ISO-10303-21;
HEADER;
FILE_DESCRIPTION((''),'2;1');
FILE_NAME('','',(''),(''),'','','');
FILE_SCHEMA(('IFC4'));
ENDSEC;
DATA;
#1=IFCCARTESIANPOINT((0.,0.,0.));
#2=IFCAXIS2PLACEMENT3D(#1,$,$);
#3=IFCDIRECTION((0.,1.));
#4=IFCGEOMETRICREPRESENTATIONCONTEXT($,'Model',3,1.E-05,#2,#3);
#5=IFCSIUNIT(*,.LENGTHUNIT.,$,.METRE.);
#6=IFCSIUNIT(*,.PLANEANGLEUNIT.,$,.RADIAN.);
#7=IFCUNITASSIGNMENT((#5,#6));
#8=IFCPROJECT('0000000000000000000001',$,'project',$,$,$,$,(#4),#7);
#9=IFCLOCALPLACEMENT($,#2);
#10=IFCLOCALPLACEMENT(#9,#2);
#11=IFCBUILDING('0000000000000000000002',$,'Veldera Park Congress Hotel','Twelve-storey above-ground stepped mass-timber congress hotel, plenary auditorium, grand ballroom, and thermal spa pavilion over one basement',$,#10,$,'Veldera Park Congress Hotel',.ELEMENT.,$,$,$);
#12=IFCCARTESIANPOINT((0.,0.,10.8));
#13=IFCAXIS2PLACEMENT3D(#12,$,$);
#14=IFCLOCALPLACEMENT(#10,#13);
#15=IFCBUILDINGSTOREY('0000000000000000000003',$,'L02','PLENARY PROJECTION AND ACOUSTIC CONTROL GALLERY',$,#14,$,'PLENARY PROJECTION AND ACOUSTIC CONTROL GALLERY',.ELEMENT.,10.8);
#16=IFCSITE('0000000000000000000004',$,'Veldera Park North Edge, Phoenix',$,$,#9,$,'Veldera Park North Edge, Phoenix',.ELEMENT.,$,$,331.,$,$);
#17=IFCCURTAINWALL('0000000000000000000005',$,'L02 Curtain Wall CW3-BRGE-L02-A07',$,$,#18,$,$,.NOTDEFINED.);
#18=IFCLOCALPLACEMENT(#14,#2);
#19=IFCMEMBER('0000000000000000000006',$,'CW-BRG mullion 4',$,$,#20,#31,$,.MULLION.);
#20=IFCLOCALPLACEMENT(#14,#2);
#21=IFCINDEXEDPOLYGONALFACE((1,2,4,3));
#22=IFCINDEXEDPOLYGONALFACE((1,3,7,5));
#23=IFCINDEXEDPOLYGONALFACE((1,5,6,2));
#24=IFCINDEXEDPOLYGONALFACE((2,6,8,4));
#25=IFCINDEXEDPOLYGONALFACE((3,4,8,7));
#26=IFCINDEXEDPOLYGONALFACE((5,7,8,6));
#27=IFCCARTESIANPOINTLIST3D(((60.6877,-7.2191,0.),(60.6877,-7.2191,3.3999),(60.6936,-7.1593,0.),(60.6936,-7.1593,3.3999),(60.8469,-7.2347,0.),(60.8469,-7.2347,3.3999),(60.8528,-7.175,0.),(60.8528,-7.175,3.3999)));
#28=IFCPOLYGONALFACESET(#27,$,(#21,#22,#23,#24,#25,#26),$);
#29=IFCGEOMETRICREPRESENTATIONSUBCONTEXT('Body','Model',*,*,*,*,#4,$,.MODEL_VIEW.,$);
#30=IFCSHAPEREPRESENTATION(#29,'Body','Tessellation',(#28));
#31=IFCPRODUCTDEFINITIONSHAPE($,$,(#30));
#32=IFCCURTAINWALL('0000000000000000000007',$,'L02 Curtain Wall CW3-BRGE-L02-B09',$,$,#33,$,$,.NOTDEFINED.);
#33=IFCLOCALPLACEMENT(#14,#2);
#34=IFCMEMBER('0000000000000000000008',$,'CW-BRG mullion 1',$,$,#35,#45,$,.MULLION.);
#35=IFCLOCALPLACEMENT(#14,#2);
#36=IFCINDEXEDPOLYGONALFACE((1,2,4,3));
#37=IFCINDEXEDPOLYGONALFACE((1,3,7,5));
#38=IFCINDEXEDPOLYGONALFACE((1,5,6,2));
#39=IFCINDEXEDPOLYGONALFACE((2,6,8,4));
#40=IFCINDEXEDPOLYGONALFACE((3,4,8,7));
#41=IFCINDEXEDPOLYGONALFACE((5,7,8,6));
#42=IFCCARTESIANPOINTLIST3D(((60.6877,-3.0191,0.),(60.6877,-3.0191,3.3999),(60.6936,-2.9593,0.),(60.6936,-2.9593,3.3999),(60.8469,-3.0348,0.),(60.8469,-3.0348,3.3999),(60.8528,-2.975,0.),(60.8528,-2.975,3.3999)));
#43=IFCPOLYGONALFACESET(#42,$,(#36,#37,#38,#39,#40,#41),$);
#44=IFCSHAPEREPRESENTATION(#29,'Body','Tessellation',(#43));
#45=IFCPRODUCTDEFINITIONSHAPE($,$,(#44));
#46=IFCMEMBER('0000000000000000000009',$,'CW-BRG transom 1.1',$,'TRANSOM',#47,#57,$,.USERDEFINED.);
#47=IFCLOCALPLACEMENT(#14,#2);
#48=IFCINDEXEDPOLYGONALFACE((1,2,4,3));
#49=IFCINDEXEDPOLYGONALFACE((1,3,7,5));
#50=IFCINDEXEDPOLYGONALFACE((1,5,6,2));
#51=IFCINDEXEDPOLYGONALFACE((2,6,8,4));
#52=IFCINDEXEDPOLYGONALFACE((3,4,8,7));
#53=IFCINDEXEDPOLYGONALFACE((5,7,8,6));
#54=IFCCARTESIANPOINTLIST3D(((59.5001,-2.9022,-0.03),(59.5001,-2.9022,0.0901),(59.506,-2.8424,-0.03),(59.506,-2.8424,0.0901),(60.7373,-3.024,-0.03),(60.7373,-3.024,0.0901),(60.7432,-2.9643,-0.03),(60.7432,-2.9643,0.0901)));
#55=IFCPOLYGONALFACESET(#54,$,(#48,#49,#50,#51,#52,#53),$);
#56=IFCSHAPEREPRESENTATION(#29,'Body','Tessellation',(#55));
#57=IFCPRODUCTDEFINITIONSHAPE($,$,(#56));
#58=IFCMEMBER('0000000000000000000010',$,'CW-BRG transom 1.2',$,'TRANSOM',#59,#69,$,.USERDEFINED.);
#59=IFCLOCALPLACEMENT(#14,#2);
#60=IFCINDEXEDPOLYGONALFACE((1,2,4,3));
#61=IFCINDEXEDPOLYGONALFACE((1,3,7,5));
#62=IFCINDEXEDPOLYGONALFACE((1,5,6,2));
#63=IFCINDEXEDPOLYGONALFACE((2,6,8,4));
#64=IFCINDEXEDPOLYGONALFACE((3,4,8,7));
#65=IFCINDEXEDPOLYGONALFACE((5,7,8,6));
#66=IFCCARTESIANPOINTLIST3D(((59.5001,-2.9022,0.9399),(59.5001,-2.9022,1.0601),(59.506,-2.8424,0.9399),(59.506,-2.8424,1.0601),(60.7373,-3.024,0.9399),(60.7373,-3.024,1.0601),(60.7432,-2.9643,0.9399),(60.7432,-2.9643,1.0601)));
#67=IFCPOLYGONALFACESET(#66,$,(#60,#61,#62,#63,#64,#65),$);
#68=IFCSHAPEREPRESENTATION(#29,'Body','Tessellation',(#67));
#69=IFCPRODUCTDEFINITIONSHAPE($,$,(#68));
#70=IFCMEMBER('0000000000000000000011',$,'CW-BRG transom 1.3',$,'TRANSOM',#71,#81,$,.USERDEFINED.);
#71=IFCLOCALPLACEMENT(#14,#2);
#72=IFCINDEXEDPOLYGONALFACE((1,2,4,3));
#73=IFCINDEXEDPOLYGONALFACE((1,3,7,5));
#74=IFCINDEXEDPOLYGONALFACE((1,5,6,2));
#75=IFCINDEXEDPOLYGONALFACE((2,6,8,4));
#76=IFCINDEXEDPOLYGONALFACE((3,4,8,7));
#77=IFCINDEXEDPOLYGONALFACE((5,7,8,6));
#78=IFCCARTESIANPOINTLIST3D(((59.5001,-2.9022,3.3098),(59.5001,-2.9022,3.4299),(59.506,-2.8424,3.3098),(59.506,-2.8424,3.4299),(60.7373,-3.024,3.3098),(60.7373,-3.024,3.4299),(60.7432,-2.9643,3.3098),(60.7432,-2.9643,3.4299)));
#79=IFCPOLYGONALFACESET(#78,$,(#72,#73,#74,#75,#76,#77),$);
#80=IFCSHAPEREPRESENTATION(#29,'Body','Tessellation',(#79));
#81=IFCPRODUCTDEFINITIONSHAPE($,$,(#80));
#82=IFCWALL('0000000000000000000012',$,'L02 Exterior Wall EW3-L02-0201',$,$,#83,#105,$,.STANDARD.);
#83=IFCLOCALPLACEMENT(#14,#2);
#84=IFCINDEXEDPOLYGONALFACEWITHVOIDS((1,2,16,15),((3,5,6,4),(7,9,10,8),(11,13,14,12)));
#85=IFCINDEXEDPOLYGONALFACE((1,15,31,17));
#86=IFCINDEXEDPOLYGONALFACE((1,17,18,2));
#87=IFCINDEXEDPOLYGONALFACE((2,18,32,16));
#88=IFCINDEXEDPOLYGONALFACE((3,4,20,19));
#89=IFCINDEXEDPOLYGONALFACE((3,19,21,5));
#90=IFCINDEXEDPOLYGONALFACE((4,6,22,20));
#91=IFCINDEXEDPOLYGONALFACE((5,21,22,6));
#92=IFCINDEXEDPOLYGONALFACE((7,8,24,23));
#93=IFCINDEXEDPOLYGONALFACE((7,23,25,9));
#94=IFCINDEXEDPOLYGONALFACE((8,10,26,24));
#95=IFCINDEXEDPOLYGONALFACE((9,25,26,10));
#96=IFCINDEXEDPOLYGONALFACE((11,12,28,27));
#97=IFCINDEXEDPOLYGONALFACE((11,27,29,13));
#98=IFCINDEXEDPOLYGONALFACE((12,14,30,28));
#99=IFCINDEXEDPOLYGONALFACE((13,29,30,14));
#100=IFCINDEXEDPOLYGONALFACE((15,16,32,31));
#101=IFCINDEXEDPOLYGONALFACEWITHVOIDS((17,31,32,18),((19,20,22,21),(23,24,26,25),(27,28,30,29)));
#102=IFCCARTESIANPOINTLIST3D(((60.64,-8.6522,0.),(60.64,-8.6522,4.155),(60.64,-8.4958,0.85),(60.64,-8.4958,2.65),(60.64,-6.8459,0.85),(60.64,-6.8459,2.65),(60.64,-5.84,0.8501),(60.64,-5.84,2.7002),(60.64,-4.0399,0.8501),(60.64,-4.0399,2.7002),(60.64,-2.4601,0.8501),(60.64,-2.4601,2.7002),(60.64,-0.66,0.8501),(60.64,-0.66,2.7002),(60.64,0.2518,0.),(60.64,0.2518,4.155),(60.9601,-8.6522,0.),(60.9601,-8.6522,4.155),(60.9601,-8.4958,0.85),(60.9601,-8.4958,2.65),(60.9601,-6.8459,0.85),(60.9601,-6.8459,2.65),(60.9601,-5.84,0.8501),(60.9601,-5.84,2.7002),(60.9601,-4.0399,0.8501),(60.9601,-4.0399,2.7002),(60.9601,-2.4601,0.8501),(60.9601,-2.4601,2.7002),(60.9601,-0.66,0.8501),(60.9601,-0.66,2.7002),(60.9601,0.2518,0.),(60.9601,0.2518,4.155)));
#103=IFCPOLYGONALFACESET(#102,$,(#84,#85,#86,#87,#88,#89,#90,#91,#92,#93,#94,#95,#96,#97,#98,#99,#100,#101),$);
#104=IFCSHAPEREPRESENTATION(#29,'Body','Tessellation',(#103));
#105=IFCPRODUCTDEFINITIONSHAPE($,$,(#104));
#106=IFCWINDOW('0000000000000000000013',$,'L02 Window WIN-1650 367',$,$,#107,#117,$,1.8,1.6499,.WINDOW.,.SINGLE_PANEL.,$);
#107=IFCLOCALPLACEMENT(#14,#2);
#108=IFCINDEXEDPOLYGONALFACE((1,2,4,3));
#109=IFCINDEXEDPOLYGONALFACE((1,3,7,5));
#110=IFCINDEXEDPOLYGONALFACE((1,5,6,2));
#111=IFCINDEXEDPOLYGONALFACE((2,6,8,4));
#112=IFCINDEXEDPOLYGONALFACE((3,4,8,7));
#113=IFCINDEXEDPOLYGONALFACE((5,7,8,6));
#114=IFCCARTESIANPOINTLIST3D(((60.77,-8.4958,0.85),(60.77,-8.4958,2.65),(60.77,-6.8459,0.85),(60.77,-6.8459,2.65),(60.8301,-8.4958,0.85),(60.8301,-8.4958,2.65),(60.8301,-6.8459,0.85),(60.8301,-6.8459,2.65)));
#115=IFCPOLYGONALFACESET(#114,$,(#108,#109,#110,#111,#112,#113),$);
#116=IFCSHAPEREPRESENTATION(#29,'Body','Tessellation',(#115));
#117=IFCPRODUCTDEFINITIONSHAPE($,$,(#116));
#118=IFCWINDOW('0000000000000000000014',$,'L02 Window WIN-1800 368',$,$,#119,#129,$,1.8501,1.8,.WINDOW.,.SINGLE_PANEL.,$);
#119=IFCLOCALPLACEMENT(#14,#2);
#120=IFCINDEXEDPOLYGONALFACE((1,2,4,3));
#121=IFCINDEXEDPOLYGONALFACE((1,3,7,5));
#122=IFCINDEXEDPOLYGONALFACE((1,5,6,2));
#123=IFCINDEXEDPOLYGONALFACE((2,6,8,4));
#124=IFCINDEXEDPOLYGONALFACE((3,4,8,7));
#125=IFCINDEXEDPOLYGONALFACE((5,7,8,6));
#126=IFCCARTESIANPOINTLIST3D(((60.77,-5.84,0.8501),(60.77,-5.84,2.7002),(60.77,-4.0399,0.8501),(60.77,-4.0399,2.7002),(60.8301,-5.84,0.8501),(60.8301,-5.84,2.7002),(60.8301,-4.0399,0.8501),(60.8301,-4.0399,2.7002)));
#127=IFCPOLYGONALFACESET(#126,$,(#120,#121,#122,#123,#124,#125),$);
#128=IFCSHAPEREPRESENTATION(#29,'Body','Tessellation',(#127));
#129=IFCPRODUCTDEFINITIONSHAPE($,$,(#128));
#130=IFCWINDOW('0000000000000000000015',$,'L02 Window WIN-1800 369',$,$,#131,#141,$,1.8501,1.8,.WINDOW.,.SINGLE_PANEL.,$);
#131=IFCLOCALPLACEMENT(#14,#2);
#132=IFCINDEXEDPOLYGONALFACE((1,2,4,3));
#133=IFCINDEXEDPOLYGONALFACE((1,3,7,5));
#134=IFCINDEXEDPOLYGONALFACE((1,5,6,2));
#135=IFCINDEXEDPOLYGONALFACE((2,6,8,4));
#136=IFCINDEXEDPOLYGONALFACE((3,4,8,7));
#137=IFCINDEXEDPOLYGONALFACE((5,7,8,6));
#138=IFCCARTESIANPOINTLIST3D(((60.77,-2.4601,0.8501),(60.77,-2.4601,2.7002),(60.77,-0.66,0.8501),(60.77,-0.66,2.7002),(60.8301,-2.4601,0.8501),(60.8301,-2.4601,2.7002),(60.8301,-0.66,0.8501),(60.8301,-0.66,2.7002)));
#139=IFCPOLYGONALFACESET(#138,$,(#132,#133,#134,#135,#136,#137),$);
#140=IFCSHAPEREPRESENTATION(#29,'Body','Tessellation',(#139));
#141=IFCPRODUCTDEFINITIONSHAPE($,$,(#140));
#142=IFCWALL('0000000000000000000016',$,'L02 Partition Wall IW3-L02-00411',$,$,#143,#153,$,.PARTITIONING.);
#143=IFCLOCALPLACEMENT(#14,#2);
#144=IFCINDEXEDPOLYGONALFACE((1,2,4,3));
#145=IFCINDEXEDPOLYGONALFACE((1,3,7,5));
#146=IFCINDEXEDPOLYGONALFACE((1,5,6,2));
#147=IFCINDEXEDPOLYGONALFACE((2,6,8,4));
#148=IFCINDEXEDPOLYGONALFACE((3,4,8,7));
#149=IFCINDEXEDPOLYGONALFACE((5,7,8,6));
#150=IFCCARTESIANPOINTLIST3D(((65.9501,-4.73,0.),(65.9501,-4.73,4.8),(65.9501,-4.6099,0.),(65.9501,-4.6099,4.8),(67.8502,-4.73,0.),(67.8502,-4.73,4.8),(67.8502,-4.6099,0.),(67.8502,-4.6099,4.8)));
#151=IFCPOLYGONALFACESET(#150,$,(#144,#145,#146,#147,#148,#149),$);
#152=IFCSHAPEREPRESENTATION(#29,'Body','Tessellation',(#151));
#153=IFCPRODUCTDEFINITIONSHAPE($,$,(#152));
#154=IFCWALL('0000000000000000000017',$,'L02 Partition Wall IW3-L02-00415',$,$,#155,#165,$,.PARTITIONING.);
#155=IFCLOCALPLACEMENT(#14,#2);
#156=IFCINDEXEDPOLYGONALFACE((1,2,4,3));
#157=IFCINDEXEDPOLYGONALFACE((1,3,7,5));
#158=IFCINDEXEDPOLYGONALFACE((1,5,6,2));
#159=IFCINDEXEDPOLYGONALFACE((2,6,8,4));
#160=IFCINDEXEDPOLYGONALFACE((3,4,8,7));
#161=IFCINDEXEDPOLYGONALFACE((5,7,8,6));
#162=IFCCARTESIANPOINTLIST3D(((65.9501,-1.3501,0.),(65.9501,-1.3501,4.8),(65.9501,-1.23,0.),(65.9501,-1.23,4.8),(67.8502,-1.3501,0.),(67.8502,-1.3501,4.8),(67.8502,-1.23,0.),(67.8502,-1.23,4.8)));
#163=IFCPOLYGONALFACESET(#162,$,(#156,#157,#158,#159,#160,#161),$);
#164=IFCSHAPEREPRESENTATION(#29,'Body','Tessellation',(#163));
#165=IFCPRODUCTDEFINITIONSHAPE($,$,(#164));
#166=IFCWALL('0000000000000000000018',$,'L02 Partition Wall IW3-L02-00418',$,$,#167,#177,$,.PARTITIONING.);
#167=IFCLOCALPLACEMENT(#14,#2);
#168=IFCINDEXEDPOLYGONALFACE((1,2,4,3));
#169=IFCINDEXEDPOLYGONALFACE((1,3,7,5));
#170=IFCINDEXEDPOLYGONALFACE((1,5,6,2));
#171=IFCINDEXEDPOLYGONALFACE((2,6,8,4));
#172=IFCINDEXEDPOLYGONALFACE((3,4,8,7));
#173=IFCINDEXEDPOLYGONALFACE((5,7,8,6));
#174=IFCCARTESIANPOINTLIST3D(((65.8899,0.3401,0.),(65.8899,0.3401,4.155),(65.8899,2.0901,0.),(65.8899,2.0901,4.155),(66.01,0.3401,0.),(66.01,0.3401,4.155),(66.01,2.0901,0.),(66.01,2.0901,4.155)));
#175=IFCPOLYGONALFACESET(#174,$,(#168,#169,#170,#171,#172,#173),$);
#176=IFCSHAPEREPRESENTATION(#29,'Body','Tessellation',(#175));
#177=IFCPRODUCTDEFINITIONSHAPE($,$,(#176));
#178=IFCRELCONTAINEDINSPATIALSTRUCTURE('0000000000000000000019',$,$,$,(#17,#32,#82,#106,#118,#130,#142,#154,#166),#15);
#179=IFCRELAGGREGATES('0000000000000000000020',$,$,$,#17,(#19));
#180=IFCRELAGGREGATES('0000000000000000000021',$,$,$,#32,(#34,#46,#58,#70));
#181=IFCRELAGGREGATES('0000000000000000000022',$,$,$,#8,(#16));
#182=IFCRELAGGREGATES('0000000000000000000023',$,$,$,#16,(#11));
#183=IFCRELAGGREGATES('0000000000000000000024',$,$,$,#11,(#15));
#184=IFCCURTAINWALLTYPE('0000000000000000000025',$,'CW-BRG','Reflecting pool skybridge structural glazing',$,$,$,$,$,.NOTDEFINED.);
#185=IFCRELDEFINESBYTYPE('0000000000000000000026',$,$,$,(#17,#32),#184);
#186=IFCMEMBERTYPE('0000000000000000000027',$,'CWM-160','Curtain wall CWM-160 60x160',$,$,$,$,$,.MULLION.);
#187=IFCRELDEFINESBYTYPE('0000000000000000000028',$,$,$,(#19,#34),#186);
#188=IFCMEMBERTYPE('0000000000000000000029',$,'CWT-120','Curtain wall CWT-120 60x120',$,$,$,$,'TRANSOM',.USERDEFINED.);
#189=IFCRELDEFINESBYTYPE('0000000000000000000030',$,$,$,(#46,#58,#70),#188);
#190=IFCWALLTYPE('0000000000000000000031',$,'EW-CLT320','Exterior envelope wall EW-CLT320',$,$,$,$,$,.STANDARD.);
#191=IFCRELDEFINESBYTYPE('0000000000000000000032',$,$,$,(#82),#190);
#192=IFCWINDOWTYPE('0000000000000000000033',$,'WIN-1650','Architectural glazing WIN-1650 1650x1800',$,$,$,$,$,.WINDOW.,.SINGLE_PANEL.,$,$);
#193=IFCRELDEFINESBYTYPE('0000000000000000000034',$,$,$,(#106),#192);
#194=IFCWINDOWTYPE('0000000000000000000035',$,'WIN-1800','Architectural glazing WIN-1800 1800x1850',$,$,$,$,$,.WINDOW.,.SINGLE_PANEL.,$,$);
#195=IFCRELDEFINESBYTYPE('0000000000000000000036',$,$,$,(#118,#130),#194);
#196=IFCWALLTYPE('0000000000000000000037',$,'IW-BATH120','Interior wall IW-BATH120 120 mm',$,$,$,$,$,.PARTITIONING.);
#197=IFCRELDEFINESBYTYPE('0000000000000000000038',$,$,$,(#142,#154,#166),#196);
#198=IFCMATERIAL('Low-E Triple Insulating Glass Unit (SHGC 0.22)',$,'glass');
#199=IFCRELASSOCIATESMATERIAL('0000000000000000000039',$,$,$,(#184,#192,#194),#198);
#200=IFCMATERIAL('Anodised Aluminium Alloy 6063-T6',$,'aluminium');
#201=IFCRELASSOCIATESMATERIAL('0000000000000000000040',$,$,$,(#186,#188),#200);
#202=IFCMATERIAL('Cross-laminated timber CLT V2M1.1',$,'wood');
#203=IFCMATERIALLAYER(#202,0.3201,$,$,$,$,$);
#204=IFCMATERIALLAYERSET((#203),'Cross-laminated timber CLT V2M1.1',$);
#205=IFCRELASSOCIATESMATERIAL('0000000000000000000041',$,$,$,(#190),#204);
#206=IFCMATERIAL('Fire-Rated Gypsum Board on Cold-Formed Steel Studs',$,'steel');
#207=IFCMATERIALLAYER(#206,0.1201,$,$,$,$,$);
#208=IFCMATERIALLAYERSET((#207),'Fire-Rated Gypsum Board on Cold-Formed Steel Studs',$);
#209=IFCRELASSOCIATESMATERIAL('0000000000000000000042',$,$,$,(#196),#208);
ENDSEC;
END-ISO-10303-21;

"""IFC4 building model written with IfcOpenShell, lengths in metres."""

from ifc_helpers import new_model, si_unit, direction, frame, frame_2d, origin, origin_2d, place, context, subcontext, project, spatial, rectangle, extrude, material, layer, layer_set, material_profile, profile_set, type_object, element, fill, aggregate, save


model = new_model("IFC4")

# Units and contexts
model_context = context("Model", 3, precision=1e-05, world=origin(), true_north=direction((0.0, 1.0)))
body_context = subcontext(model_context, "Body", "Model", "MODEL_VIEW")
ifc_project = project(units=[si_unit("LENGTHUNIT", "METRE"), si_unit("PLANEANGLEUNIT", "RADIAN")], contexts=[model_context])

# Site, building, storey
site_placement = place(None, origin())
site = spatial("IfcSite", under=ifc_project, at=site_placement, Name="Veldera Park North Edge, Phoenix", LongName="Veldera Park North Edge, Phoenix", CompositionType="ELEMENT", RefElevation=331.0)
building_placement = place(site_placement, origin())
building = spatial("IfcBuilding", under=site, at=building_placement, Name="Veldera Park Congress Hotel", Description="Twelve-storey above-ground stepped mass-timber congress hotel, plenary auditorium, grand ballroom, and thermal spa pavilion over one basement", LongName="Veldera Park Congress Hotel", CompositionType="ELEMENT")
storey_placement = place(building_placement, frame((0.0, 0.0, 10.8)))
storey = spatial("IfcBuildingStorey", under=building, at=storey_placement, Name="L02", Description="PLENARY PROJECTION AND ACOUSTIC CONTROL GALLERY", LongName="PLENARY PROJECTION AND ACOUSTIC CONTROL GALLERY", CompositionType="ELEMENT", Elevation=10.8)

# Curtain wall, member
ifc_material_1 = material(Name="Low-E Triple Insulating Glass Unit (SHGC 0.22)", Category="glass")
curtain_wall_type = type_object("IfcCurtainWallType", Name="CW-BRG", Description="Reflecting pool skybridge structural glazing", PredefinedType="NOTDEFINED", material=ifc_material_1)
curtain_wall_1_placement = place(storey_placement, origin())
curtain_wall_1 = element("IfcCurtainWall", 1, at=curtain_wall_1_placement, inside=storey, type_object=curtain_wall_type, Name="L02 Curtain Wall CW3-BRGE-L02-A07", PredefinedType="NOTDEFINED")
ifc_material_2 = material(Name="Anodised Aluminium Alloy 6063-T6", Category="aluminium")
ifc_material_profile_1 = material_profile(ifc_material_2, rectangle(XDim=0.0601, YDim=0.1599, at=origin_2d()), Name="ALU 60x160")
ifc_profile_set_1 = profile_set([ifc_material_profile_1], Name="Anodised Aluminium Alloy 6063-T6")
member_type_1 = type_object("IfcMemberType", Name="CWM-160", Description="Curtain wall CWM-160 60x160", PredefinedType="MULLION", material=ifc_profile_set_1)
member_1_placement = place(storey_placement, frame((60.7703, -7.197, 0.0), z_axis=(0.0, 0.0, 1.0), x_axis=(0.098021, 0.995184, 0.0)))
member_1 = element("IfcMember", 2, at=member_1_placement, type_object=member_type_1, Name="CW-BRG mullion 4", PredefinedType="MULLION", context=body_context, shape_type="SweptSolid", body=[
    extrude(rectangle(XDim=0.0601, YDim=0.1599, at=origin_2d()), origin(), (0.0, 0.0, 1.0), 3.3999),
])
aggregate(curtain_wall_1, [member_1])

# Curtain wall, members
curtain_wall_2_placement = place(storey_placement, origin())
curtain_wall_2 = element("IfcCurtainWall", 3, at=curtain_wall_2_placement, inside=storey, type_object=curtain_wall_type, Name="L02 Curtain Wall CW3-BRGE-L02-B09", PredefinedType="NOTDEFINED")
member_2_placement = place(storey_placement, frame((60.7703, -2.9971, 0.0), z_axis=(0.0, 0.0, 1.0), x_axis=(-0.098023, -0.995184, 0.0)))
member_2 = element("IfcMember", 4, at=member_2_placement, type_object=member_type_1, Name="CW-BRG mullion 1", PredefinedType="MULLION", context=body_context, shape_type="SweptSolid", body=[
    extrude(rectangle(XDim=0.0601, YDim=0.1599, at=origin_2d()), origin(), (0.0, 0.0, 1.0), 3.3999),
])
ifc_material_profile_2 = material_profile(ifc_material_2, rectangle(XDim=0.0601, YDim=0.1201, at=origin_2d()), Name="ALU 60x120")
ifc_profile_set_2 = profile_set([ifc_material_profile_2], Name="Anodised Aluminium Alloy 6063-T6")
member_type_2 = type_object("IfcMemberType", Name="CWT-120", Description="Curtain wall CWT-120 60x120", ElementType="TRANSOM", PredefinedType="USERDEFINED", material=ifc_profile_set_2)
member_3_placement = place(storey_placement, frame((60.7402, -2.9941, 0.03), z_axis=(-0.995186, 0.098006, 0.0), x_axis=(-0.098006, -0.995186, 0.0)))
member_3 = element("IfcMember", 5, at=member_3_placement, type_object=member_type_2, Name="CW-BRG transom 1.1", ObjectType="TRANSOM", PredefinedType="USERDEFINED", context=body_context, shape_type="SweptSolid", body=[
    extrude(rectangle(XDim=0.0601, YDim=0.1201, at=origin_2d()), origin(), (0.0, 0.0, 1.0), 1.2432),
])
member_4_placement = place(storey_placement, frame((60.7402, -2.9941, 1.0), z_axis=(-0.995186, 0.098006, 0.0), x_axis=(-0.098006, -0.995186, 0.0)))
member_4 = element("IfcMember", 6, at=member_4_placement, type_object=member_type_2, Name="CW-BRG transom 1.2", ObjectType="TRANSOM", PredefinedType="USERDEFINED", context=body_context, shape_type="SweptSolid", body=[
    extrude(rectangle(XDim=0.0601, YDim=0.1201, at=origin_2d()), origin(), (0.0, 0.0, 1.0), 1.2432),
])
member_5_placement = place(storey_placement, frame((60.7402, -2.9941, 3.3699), z_axis=(-0.995186, 0.098006, 0.0), x_axis=(-0.098006, -0.995186, 0.0)))
member_5 = element("IfcMember", 7, at=member_5_placement, type_object=member_type_2, Name="CW-BRG transom 1.3", ObjectType="TRANSOM", PredefinedType="USERDEFINED", context=body_context, shape_type="SweptSolid", body=[
    extrude(rectangle(XDim=0.0601, YDim=0.1201, at=origin_2d()), origin(), (0.0, 0.0, 1.0), 1.2432),
])
aggregate(curtain_wall_2, [member_2, member_3, member_4, member_5])

# Wall, openings, windows
ifc_material_3 = material(Name="Cross-laminated timber CLT V2M1.1", Category="wood")
ifc_layer_1 = layer(ifc_material_3, 0.3201)
ifc_layer_set_1 = layer_set([ifc_layer_1], Name="Cross-laminated timber CLT V2M1.1")
wall_type_1 = type_object("IfcWallType", Name="EW-CLT320", Description="Exterior envelope wall EW-CLT320", PredefinedType="STANDARD", material=ifc_layer_set_1)
wall_1_placement = place(storey_placement, frame((60.8, 0.252, 0.0), z_axis=(0.0, 0.0, 1.0), x_axis=(0.0, -1.0, 0.0)))
wall_1 = element("IfcWall", 8, at=wall_1_placement, inside=storey, type_object=wall_type_1, Name="L02 Exterior Wall EW3-L02-0201", PredefinedType="STANDARD", context=body_context, shape_type="SweptSolid", body=[
    extrude(rectangle(XDim=8.9041, YDim=0.3201, at=frame_2d((4.4521, 0.0))), origin(), (0.0, 0.0, 1.0), 4.155),
])
opening_1_placement = place(wall_1_placement, frame((7.0979, 0.0, 0.8501)))
opening_1 = element("IfcOpeningElement", 9, at=opening_1_placement, cuts=wall_1, PredefinedType="OPENING", context=body_context, shape_type="SweptSolid", body=[
    extrude(rectangle(XDim=1.6499, YDim=1.8, at=frame_2d((0.825, 0.8999))), frame((0.0, 0.1721, 0.0), z_axis=(0.0, -1.0, 0.0), x_axis=(1.0, 0.0, 0.0)), (0.0, 0.0, 1.0), 0.344),
])
opening_2_placement = place(wall_1_placement, frame((4.292, 0.0, 0.8501)))
opening_2 = element("IfcOpeningElement", 10, at=opening_2_placement, cuts=wall_1, PredefinedType="OPENING", context=body_context, shape_type="SweptSolid", body=[
    extrude(rectangle(XDim=1.8, YDim=1.8501, at=frame_2d((0.8999, 0.925))), frame((0.0, 0.1721, 0.0), z_axis=(0.0, -1.0, 0.0), x_axis=(1.0, 0.0, 0.0)), (0.0, 0.0, 1.0), 0.344),
])
opening_3_placement = place(wall_1_placement, frame((0.9121, 0.0, 0.8501)))
opening_3 = element("IfcOpeningElement", 11, at=opening_3_placement, cuts=wall_1, PredefinedType="OPENING", context=body_context, shape_type="SweptSolid", body=[
    extrude(rectangle(XDim=1.8, YDim=1.8501, at=frame_2d((0.8999, 0.925))), frame((0.0, 0.1721, 0.0), z_axis=(0.0, -1.0, 0.0), x_axis=(1.0, 0.0, 0.0)), (0.0, 0.0, 1.0), 0.344),
])
window_type_1 = type_object("IfcWindowType", Name="WIN-1650", Description="Architectural glazing WIN-1650 1650x1800", PartitioningType="SINGLE_PANEL", PredefinedType="WINDOW", material=ifc_material_1)
window_1_placement = place(opening_1_placement, origin())
window_1 = element("IfcWindow", 12, at=window_1_placement, inside=storey, type_object=window_type_1, Name="L02 Window WIN-1650 367", OverallHeight=1.8, OverallWidth=1.6499, PartitioningType="SINGLE_PANEL", PredefinedType="WINDOW", context=body_context, shape_type="SweptSolid", body=[
    extrude(rectangle(XDim=1.6499, YDim=1.8, at=frame_2d((0.825, 0.8999))), frame((0.0, 0.03, 0.0), z_axis=(0.0, -1.0, 0.0), x_axis=(1.0, 0.0, 0.0)), (0.0, 0.0, 1.0), 0.0601),
])
fill(opening_1, window_1)
window_type_2 = type_object("IfcWindowType", Name="WIN-1800", Description="Architectural glazing WIN-1800 1800x1850", PartitioningType="SINGLE_PANEL", PredefinedType="WINDOW", material=ifc_material_1)
window_2_placement = place(opening_2_placement, origin())
window_2 = element("IfcWindow", 13, at=window_2_placement, inside=storey, type_object=window_type_2, Name="L02 Window WIN-1800 368", OverallHeight=1.8501, OverallWidth=1.8, PartitioningType="SINGLE_PANEL", PredefinedType="WINDOW", context=body_context, shape_type="SweptSolid", body=[
    extrude(rectangle(XDim=1.8, YDim=1.8501, at=frame_2d((0.8999, 0.925))), frame((0.0, 0.03, 0.0), z_axis=(0.0, -1.0, 0.0), x_axis=(1.0, 0.0, 0.0)), (0.0, 0.0, 1.0), 0.0601),
])
fill(opening_2, window_2)
window_3_placement = place(opening_3_placement, origin())
window_3 = element("IfcWindow", 14, at=window_3_placement, inside=storey, type_object=window_type_2, Name="L02 Window WIN-1800 369", OverallHeight=1.8501, OverallWidth=1.8, PartitioningType="SINGLE_PANEL", PredefinedType="WINDOW", context=body_context, shape_type="SweptSolid", body=[
    extrude(rectangle(XDim=1.8, YDim=1.8501, at=frame_2d((0.8999, 0.925))), frame((0.0, 0.03, 0.0), z_axis=(0.0, -1.0, 0.0), x_axis=(1.0, 0.0, 0.0)), (0.0, 0.0, 1.0), 0.0601),
])
fill(opening_3, window_3)

# Shared definitions
ifc_material_4 = material(Name="Fire-Rated Gypsum Board on Cold-Formed Steel Studs", Category="steel")
ifc_layer_2 = layer(ifc_material_4, 0.1201)
ifc_layer_set_2 = layer_set([ifc_layer_2], Name="Fire-Rated Gypsum Board on Cold-Formed Steel Studs")
wall_type_2 = type_object("IfcWallType", Name="IW-BATH120", Description="Interior wall IW-BATH120 120 mm", PredefinedType="PARTITIONING", material=ifc_layer_set_2)

# Wall
wall_2_placement = place(storey_placement, frame((65.95, -4.6699, 0.0), z_axis=(0.0, 0.0, 1.0), x_axis=(1.0, 0.0, 0.0)))
element("IfcWall", 15, at=wall_2_placement, inside=storey, type_object=wall_type_2, Name="L02 Partition Wall IW3-L02-00411", PredefinedType="PARTITIONING", context=body_context, shape_type="SweptSolid", body=[
    extrude(rectangle(XDim=1.9001, YDim=0.1201, at=frame_2d((0.9502, 0.0))), origin(), (0.0, 0.0, 1.0), 4.8),
])

# Walls
wall_3_placement = place(storey_placement, frame((65.95, -1.29, 0.0), z_axis=(0.0, 0.0, 1.0), x_axis=(1.0, 0.0, 0.0)))
element("IfcWall", 16, at=wall_3_placement, inside=storey, type_object=wall_type_2, Name="L02 Partition Wall IW3-L02-00415", PredefinedType="PARTITIONING", context=body_context, shape_type="SweptSolid", body=[
    extrude(rectangle(XDim=1.9001, YDim=0.1201, at=frame_2d((0.9502, 0.0))), origin(), (0.0, 0.0, 1.0), 4.8),
])
wall_4_placement = place(storey_placement, frame((65.95, 0.3401, 0.0), z_axis=(0.0, 0.0, 1.0), x_axis=(0.0, 1.0, 0.0)))
element("IfcWall", 17, at=wall_4_placement, inside=storey, type_object=wall_type_2, Name="L02 Partition Wall IW3-L02-00418", PredefinedType="PARTITIONING", context=body_context, shape_type="SweptSolid", body=[
    extrude(rectangle(XDim=1.75, YDim=0.1201, at=frame_2d((0.875, 0.0))), origin(), (0.0, 0.0, 1.0), 4.155),
])

save(model, "model.ifc")
